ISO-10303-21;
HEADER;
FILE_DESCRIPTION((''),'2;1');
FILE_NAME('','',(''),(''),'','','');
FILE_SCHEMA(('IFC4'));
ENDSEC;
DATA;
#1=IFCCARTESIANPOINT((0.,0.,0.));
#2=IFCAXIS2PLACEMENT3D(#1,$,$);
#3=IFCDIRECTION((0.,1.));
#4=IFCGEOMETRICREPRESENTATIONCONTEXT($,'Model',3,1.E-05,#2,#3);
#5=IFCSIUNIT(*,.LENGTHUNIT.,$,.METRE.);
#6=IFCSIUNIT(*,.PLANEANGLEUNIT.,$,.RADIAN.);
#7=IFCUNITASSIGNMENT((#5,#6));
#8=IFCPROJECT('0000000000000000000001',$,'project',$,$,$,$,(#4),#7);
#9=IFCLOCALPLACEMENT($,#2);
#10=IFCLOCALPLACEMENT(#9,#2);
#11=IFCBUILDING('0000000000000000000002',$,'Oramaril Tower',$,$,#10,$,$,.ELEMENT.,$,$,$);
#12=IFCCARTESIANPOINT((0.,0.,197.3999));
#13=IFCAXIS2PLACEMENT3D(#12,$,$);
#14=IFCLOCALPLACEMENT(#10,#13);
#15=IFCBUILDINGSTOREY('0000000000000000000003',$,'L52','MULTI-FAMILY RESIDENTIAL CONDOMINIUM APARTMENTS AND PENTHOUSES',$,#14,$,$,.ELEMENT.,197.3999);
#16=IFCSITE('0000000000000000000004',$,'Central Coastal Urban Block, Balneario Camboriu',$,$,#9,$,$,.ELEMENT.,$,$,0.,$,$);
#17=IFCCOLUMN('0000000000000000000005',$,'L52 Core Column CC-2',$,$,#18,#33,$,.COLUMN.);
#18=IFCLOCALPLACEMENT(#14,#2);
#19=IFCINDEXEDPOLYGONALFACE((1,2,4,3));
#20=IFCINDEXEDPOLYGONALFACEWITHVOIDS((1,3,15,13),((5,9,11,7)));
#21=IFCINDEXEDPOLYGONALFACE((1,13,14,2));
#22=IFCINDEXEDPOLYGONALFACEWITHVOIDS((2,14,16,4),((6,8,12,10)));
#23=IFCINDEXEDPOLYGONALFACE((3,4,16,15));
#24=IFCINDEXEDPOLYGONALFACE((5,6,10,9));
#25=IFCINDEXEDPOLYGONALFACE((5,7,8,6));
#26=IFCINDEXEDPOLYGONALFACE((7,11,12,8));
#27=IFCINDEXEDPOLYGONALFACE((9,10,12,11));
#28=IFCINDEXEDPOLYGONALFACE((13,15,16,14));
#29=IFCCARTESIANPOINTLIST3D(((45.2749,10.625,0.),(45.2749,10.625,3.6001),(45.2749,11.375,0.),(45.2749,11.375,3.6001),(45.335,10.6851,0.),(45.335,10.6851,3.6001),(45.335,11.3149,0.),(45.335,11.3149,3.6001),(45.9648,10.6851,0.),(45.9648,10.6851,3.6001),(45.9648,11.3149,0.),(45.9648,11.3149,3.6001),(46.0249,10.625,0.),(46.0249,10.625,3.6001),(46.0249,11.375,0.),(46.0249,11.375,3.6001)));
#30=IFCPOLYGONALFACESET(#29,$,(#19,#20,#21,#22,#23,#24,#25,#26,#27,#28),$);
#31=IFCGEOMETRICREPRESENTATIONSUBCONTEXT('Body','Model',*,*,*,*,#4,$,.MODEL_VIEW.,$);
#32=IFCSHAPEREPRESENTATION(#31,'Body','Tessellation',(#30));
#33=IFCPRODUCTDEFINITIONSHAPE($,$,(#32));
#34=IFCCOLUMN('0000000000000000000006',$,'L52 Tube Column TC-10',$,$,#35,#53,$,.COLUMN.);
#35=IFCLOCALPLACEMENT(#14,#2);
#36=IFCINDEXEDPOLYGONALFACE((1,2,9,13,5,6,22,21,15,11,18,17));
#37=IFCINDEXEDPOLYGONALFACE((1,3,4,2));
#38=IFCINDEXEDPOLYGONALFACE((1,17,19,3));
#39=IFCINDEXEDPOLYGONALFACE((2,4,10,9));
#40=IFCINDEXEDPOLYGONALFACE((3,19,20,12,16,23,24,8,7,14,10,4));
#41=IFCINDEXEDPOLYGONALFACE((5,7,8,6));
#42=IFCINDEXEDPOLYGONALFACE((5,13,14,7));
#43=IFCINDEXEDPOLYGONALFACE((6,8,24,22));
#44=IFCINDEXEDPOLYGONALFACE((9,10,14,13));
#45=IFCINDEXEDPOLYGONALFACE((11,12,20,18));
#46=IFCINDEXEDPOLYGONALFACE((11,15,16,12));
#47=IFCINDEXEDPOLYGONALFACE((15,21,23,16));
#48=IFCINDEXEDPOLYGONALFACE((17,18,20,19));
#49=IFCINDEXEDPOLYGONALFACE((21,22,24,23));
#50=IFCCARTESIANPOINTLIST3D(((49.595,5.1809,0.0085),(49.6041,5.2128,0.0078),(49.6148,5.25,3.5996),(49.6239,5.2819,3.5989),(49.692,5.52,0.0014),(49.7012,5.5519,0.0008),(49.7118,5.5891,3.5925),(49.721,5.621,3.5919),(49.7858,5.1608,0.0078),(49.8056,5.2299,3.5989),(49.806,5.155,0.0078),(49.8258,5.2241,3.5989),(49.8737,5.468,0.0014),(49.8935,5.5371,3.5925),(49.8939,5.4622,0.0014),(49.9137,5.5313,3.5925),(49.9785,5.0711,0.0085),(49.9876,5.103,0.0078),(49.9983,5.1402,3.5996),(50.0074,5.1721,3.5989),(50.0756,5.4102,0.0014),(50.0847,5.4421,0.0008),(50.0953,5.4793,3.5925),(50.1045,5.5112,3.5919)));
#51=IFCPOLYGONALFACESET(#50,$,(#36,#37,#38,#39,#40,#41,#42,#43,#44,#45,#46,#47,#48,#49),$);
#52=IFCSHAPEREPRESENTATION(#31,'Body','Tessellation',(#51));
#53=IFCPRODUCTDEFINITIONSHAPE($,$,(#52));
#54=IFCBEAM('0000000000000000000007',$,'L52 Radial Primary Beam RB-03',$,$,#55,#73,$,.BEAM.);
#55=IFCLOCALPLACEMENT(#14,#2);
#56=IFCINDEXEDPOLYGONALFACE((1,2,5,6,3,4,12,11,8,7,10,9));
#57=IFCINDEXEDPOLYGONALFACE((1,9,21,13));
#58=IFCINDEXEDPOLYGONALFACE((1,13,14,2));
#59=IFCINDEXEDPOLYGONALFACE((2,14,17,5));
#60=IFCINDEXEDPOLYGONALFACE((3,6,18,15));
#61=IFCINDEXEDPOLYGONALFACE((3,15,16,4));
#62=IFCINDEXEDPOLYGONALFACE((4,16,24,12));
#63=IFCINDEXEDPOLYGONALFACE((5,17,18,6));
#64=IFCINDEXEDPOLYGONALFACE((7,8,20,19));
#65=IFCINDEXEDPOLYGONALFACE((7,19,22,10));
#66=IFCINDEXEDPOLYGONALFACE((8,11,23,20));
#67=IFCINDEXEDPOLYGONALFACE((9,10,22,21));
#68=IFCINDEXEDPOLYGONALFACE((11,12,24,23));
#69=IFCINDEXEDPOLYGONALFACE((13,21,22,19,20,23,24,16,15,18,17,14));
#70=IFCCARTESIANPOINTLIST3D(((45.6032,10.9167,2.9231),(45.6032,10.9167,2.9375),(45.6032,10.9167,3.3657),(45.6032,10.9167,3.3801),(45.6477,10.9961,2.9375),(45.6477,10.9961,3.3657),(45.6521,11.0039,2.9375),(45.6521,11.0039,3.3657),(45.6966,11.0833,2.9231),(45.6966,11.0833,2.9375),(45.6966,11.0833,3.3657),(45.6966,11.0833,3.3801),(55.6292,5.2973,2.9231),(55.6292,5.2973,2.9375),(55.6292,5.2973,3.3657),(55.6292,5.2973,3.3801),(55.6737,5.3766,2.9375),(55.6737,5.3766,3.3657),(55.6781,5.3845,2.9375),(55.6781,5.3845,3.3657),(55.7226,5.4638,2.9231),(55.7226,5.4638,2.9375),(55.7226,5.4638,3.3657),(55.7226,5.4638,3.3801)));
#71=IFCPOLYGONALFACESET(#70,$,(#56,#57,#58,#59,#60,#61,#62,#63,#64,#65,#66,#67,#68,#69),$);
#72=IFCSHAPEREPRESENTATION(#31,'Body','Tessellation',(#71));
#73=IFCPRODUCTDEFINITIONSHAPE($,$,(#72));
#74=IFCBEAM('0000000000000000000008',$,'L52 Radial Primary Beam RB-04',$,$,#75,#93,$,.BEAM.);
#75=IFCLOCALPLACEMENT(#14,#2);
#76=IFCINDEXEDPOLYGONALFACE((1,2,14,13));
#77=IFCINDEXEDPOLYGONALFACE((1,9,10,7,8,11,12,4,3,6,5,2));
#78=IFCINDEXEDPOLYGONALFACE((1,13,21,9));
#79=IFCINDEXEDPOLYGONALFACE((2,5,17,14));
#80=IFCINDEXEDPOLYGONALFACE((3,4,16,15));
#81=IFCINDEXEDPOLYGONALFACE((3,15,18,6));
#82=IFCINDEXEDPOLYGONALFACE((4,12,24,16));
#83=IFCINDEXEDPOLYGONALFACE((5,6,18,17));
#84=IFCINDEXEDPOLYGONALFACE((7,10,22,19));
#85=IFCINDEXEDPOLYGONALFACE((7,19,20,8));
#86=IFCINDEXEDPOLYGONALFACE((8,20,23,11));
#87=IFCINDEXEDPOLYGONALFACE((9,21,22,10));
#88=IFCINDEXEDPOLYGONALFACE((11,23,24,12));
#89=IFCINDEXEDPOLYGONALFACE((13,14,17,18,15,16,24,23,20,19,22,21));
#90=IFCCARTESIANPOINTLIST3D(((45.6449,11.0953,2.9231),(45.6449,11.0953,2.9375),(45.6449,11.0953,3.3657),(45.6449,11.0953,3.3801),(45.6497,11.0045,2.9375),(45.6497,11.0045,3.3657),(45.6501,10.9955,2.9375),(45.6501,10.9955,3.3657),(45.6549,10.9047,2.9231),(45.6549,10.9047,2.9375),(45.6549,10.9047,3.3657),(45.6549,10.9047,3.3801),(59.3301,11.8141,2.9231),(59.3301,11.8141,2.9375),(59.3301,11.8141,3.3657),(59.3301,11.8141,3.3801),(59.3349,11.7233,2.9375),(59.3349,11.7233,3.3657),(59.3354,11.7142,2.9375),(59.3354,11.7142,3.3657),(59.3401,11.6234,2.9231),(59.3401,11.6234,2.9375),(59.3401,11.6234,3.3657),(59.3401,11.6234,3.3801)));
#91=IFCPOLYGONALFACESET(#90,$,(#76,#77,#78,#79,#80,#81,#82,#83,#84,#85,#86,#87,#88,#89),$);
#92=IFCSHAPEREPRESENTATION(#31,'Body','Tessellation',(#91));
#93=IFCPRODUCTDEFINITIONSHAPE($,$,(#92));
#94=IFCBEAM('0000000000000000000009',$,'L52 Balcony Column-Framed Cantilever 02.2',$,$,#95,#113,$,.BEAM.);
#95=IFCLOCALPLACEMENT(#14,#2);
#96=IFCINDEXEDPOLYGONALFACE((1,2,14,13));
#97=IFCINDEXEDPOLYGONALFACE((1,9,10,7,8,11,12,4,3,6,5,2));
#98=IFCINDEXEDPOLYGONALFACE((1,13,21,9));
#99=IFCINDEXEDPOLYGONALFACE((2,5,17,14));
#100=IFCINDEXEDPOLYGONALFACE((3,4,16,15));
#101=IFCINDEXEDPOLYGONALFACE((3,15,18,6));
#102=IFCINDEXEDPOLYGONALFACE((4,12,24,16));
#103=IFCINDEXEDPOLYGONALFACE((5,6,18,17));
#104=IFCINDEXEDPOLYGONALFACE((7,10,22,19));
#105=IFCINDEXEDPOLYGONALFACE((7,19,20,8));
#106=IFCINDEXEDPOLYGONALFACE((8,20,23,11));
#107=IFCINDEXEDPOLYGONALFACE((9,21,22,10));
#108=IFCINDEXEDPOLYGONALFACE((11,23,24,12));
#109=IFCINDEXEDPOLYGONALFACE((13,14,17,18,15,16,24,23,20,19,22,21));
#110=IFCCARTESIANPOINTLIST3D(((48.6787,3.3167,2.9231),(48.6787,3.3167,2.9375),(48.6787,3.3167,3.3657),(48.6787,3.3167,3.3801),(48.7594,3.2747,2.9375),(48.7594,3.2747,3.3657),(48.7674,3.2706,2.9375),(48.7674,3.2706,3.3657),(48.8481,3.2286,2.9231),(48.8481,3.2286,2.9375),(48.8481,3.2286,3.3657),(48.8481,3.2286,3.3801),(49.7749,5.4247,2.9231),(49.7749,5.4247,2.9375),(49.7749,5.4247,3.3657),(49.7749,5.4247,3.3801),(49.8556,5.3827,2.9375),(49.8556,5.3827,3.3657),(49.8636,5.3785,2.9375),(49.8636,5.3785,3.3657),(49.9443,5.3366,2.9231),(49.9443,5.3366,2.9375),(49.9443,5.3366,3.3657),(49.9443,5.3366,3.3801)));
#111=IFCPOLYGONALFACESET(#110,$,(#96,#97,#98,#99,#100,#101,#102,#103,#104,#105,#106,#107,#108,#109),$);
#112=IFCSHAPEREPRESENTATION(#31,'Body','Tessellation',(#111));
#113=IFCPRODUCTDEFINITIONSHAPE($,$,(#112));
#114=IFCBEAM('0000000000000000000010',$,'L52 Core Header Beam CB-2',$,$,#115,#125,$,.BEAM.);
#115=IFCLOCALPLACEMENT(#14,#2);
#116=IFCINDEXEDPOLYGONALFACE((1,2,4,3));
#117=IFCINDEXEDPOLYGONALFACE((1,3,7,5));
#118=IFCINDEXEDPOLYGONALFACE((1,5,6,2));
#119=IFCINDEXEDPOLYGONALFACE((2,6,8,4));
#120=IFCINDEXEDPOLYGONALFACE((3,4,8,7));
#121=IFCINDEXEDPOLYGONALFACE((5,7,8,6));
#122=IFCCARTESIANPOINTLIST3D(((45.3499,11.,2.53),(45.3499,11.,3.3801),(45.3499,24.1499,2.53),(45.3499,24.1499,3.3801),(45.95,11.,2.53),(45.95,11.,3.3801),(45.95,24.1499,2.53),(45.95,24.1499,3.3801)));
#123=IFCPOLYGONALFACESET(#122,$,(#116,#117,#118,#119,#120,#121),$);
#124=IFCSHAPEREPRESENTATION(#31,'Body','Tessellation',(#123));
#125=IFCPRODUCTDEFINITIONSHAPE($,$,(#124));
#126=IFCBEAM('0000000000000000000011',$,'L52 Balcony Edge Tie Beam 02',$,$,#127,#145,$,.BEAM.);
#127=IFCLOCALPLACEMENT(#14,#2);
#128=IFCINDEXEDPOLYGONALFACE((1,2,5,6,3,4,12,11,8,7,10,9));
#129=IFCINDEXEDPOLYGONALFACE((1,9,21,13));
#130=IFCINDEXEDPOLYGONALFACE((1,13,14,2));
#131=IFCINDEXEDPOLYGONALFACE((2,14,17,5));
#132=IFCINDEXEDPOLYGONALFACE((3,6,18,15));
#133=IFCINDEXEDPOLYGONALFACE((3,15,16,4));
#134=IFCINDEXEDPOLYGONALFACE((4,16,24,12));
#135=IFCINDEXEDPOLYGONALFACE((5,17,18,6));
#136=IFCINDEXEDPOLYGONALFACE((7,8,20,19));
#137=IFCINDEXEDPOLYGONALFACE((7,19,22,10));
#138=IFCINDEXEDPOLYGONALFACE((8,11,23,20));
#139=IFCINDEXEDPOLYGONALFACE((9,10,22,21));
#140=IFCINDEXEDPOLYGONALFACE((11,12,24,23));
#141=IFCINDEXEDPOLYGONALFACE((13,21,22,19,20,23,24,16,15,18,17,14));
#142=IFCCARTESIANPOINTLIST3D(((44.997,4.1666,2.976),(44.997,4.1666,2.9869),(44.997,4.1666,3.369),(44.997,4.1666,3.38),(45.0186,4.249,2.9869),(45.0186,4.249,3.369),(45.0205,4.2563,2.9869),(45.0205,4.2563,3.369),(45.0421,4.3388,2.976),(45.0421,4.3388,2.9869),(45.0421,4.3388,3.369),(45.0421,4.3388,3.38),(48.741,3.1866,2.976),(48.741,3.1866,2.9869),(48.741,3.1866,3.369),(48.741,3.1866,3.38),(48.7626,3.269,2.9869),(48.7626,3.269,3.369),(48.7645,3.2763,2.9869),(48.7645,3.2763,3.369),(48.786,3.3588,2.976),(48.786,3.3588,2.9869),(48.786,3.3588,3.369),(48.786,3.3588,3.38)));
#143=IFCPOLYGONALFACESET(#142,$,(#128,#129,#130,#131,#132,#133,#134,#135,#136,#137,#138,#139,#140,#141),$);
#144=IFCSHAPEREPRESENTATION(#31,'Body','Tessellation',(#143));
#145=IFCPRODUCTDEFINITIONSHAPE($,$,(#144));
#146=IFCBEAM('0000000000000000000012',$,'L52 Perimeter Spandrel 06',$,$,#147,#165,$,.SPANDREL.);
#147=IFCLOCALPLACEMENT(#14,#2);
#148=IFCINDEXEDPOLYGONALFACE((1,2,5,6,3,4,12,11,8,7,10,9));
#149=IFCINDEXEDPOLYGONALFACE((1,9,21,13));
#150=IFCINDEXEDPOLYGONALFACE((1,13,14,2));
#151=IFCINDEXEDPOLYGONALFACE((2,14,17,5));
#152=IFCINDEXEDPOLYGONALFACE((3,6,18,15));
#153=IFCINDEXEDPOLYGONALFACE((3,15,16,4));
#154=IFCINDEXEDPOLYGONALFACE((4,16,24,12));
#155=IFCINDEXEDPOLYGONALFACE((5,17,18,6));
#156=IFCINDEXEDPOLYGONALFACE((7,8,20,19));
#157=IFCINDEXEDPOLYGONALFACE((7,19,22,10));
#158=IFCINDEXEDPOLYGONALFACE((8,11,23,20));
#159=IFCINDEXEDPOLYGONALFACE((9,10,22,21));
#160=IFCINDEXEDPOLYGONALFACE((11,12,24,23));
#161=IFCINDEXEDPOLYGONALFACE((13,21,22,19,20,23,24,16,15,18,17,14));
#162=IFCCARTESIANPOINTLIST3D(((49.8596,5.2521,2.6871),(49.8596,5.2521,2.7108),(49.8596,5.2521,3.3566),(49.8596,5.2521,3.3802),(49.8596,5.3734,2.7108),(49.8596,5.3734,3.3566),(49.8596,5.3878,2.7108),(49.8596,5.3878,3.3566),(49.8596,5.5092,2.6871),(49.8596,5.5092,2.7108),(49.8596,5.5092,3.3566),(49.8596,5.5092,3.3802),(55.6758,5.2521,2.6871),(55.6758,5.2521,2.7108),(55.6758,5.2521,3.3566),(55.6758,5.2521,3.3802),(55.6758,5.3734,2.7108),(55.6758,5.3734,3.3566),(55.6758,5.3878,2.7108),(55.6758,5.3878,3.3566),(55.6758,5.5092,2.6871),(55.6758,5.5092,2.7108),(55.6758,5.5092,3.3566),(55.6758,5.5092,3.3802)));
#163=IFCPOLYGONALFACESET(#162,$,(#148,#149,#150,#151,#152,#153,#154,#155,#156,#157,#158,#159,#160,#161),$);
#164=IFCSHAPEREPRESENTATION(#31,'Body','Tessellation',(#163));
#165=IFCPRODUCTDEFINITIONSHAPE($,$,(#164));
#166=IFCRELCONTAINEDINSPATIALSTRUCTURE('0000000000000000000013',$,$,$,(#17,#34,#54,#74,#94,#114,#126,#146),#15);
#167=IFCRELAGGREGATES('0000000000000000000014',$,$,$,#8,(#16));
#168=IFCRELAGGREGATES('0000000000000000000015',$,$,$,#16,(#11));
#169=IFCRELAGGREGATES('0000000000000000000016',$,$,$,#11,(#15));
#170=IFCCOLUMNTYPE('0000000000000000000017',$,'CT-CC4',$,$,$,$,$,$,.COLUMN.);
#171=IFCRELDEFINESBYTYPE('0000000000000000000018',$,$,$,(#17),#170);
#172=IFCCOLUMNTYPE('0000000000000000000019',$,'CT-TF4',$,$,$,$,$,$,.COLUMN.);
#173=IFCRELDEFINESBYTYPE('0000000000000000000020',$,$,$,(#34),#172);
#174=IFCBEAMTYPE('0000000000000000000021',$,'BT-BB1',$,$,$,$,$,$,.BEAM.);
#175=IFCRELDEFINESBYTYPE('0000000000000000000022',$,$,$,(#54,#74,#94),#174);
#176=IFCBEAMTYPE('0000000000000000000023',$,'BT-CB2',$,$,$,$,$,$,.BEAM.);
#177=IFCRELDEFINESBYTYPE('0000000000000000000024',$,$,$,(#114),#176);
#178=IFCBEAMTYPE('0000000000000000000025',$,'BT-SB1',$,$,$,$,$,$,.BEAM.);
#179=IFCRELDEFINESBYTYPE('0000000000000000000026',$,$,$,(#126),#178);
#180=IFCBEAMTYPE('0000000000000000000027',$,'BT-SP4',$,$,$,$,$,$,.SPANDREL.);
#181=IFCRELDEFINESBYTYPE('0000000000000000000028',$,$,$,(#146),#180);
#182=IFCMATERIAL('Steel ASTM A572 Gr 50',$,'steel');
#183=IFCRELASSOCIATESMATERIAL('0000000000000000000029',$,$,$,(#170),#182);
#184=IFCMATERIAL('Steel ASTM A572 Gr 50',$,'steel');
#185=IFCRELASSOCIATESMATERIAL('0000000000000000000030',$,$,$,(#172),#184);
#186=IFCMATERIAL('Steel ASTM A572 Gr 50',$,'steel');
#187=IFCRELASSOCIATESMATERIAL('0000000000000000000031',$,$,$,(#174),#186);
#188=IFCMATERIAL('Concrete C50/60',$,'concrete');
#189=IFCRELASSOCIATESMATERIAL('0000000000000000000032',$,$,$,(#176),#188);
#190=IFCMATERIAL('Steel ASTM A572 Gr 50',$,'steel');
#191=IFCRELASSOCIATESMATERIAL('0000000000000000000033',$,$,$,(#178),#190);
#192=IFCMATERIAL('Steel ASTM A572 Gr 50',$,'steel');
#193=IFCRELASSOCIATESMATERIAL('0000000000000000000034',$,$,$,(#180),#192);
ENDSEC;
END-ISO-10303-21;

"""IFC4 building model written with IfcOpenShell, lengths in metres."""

from ifc_helpers import new_model, si_unit, direction, frame, origin, origin_2d, place, context, subcontext, project, spatial, rectangle, hollow_rectangle, i_section, extrude, material, material_profile, profile_set, type_object, element, save


model = new_model("IFC4")

# Units and contexts
model_context = context("Model", 3, precision=1e-05, world=origin(), true_north=direction((0.0, 1.0)))
body_context = subcontext(model_context, "Body", "Model", "MODEL_VIEW")
ifc_project = project(units=[si_unit("LENGTHUNIT", "METRE"), si_unit("PLANEANGLEUNIT", "RADIAN")], contexts=[model_context])

# Site, building, storey
site_placement = place(None, origin())
site = spatial("IfcSite", under=ifc_project, at=site_placement, Name="Central Coastal Urban Block, Balneario Camboriu", CompositionType="ELEMENT", RefElevation=0.0)
building_placement = place(site_placement, origin())
building = spatial("IfcBuilding", under=site, at=building_placement, Name="Oramaril Tower", CompositionType="ELEMENT")
storey_placement = place(building_placement, frame((0.0, 0.0, 197.3999)))
storey = spatial("IfcBuildingStorey", under=building, at=storey_placement, Name="L52", Description="MULTI-FAMILY RESIDENTIAL CONDOMINIUM APARTMENTS AND PENTHOUSES", CompositionType="ELEMENT", Elevation=197.3999)

# Columns
ifc_material_1 = material(Name="Steel ASTM A572 Gr 50", Category="steel")
ifc_material_profile_1 = material_profile(ifc_material_1, hollow_rectangle(XDim=0.75, YDim=0.75, WallThickness=0.0601, at=origin_2d()), Name="BOX750X750X60")
ifc_profile_set_1 = profile_set([ifc_material_profile_1], Name="Steel ASTM A572 Gr 50")
column_type_1 = type_object("IfcColumnType", Name="CT-CC4", PredefinedType="COLUMN", material=ifc_profile_set_1)
column_1_placement = place(storey_placement, frame((45.6499, 11.0, 0.0), z_axis=(0.0, 0.0, 1.0), x_axis=(1.0, 0.0, 0.0)))
element("IfcColumn", 1, at=column_1_placement, inside=storey, type_object=column_type_1, Name="L52 Core Column CC-2", PredefinedType="COLUMN", context=body_context, shape_type="SweptSolid", body=[
    extrude(hollow_rectangle(XDim=0.75, YDim=0.75, WallThickness=0.0601, at=origin_2d()), origin(), (0.0, 0.0, 1.0), 3.6001),
])
ifc_material_2 = material(Name="Steel ASTM A572 Gr 50", Category="steel")
ifc_material_profile_2 = material_profile(ifc_material_2, i_section(OverallWidth=0.3989, OverallDepth=0.386, WebThickness=0.021, FlangeThickness=0.0332, at=origin_2d()), Name="W14X176")
ifc_profile_set_2 = profile_set([ifc_material_profile_2], Name="Steel ASTM A572 Gr 50")
column_type_2 = type_object("IfcColumnType", Name="CT-TF4", PredefinedType="COLUMN", material=ifc_profile_set_2)
column_2_placement = place(storey_placement, frame((49.8398, 5.3115, 0.0046), z_axis=(0.005506, 0.019236, 0.9998), x_axis=(-0.961396, 0.27517, 0.0)))
element("IfcColumn", 2, at=column_2_placement, inside=storey, type_object=column_type_2, Name="L52 Tube Column TC-10", PredefinedType="COLUMN", context=body_context, shape_type="SweptSolid", body=[
    extrude(i_section(OverallWidth=0.3989, OverallDepth=0.386, WebThickness=0.021, FlangeThickness=0.0332, at=origin_2d()), origin(), (0.0, 0.0, 1.0), 3.5918),
])

# Beams
ifc_material_3 = material(Name="Steel ASTM A572 Gr 50", Category="steel")
ifc_material_profile_3 = material_profile(ifc_material_3, i_section(OverallWidth=0.1909, OverallDepth=0.457, WebThickness=0.009, FlangeThickness=0.0144, at=origin_2d()), Name="W18X50")
ifc_profile_set_3 = profile_set([ifc_material_profile_3], Name="Steel ASTM A572 Gr 50")
beam_type_1 = type_object("IfcBeamType", Name="BT-BB1", PredefinedType="BEAM", material=ifc_profile_set_3)
beam_1_placement = place(storey_placement, frame((45.6499, 11.0, 3.1516), z_axis=(0.872324, -0.488927, 0.0), x_axis=(0.488927, 0.872324, 0.0)))
element("IfcBeam", 3, at=beam_1_placement, inside=storey, type_object=beam_type_1, Name="L52 Radial Primary Beam RB-03", PredefinedType="BEAM", context=body_context, shape_type="SweptSolid", body=[
    extrude(i_section(OverallWidth=0.1909, OverallDepth=0.457, WebThickness=0.009, FlangeThickness=0.0144, at=origin_2d()), origin(), (0.0, 0.0, 1.0), 11.4934),
])
beam_2_placement = place(storey_placement, frame((45.6499, 11.0, 3.1516), z_axis=(0.998624, 0.052448, 0.0), x_axis=(-0.052448, 0.998624, 0.0)))
element("IfcBeam", 4, at=beam_2_placement, inside=storey, type_object=beam_type_1, Name="L52 Radial Primary Beam RB-04", PredefinedType="BEAM", context=body_context, shape_type="SweptSolid", body=[
    extrude(i_section(OverallWidth=0.1909, OverallDepth=0.457, WebThickness=0.009, FlangeThickness=0.0144, at=origin_2d()), origin(), (0.0, 0.0, 1.0), 13.7041),
])
beam_3_placement = place(storey_placement, frame((49.8596, 5.3806, 3.1516), z_axis=(-0.461379, -0.887203, 0.0), x_axis=(0.887203, -0.461379, 0.0)))
element("IfcBeam", 5, at=beam_3_placement, inside=storey, type_object=beam_type_1, Name="L52 Balcony Column-Framed Cantilever 02.2", PredefinedType="BEAM", context=body_context, shape_type="SweptSolid", body=[
    extrude(i_section(OverallWidth=0.1909, OverallDepth=0.457, WebThickness=0.009, FlangeThickness=0.0144, at=origin_2d()), origin(), (0.0, 0.0, 1.0), 2.376),
])
ifc_material_4 = material(Name="Concrete C50/60", Category="concrete")
ifc_material_profile_4 = material_profile(ifc_material_4, rectangle(XDim=0.6001, YDim=0.8501, at=origin_2d()), Name="CB600X850")
ifc_profile_set_4 = profile_set([ifc_material_profile_4], Name="Concrete C50/60")
beam_type_2 = type_object("IfcBeamType", Name="BT-CB2", PredefinedType="BEAM", material=ifc_profile_set_4)
beam_4_placement = place(storey_placement, frame((45.6499, 11.0, 2.9551), z_axis=(0.0, 1.0, 0.0), x_axis=(-1.0, 0.0, 0.0)))
element("IfcBeam", 6, at=beam_4_placement, inside=storey, type_object=beam_type_2, Name="L52 Core Header Beam CB-2", PredefinedType="BEAM", context=body_context, shape_type="SweptSolid", body=[
    extrude(rectangle(XDim=0.6001, YDim=0.8501, at=origin_2d()), origin(), (0.0, 0.0, 1.0), 13.1499),
])
ifc_material_5 = material(Name="Steel ASTM A572 Gr 50", Category="steel")
ifc_material_profile_5 = material_profile(ifc_material_5, i_section(OverallWidth=0.178, OverallDepth=0.4041, WebThickness=0.0076, FlangeThickness=0.011, at=origin_2d()), Name="W16X36")
ifc_profile_set_5 = profile_set([ifc_material_profile_5], Name="Steel ASTM A572 Gr 50")
beam_type_3 = type_object("IfcBeamType", Name="BT-SB1", PredefinedType="BEAM", material=ifc_profile_set_5)
beam_5_placement = place(storey_placement, frame((45.0195, 4.2527, 3.178), z_axis=(0.967408, -0.253223, 0.0), x_axis=(0.253223, 0.967408, 0.0)))
element("IfcBeam", 7, at=beam_5_placement, inside=storey, type_object=beam_type_3, Name="L52 Balcony Edge Tie Beam 02", PredefinedType="BEAM", context=body_context, shape_type="SweptSolid", body=[
    extrude(i_section(OverallWidth=0.178, OverallDepth=0.4041, WebThickness=0.0076, FlangeThickness=0.011, at=origin_2d()), origin(), (0.0, 0.0, 1.0), 3.8701),
])
ifc_material_6 = material(Name="Steel ASTM A572 Gr 50", Category="steel")
ifc_material_profile_6 = material_profile(ifc_material_6, i_section(OverallWidth=0.2571, OverallDepth=0.6931, WebThickness=0.0144, FlangeThickness=0.0237, at=origin_2d()), Name="W27X114")
ifc_profile_set_6 = profile_set([ifc_material_profile_6], Name="Steel ASTM A572 Gr 50")
beam_type_4 = type_object("IfcBeamType", Name="BT-SP4", PredefinedType="SPANDREL", material=ifc_profile_set_6)
beam_6_placement = place(storey_placement, frame((49.8596, 5.3806, 3.0337), z_axis=(1.0, 0.0, 0.0), x_axis=(0.0, 1.0, 0.0)))
element("IfcBeam", 8, at=beam_6_placement, inside=storey, type_object=beam_type_4, Name="L52 Perimeter Spandrel 06", PredefinedType="SPANDREL", context=body_context, shape_type="SweptSolid", body=[
    extrude(i_section(OverallWidth=0.2571, OverallDepth=0.6931, WebThickness=0.0144, FlangeThickness=0.0237, at=origin_2d()), origin(), (0.0, 0.0, 1.0), 5.8162),
])

save(model, "model.ifc")
